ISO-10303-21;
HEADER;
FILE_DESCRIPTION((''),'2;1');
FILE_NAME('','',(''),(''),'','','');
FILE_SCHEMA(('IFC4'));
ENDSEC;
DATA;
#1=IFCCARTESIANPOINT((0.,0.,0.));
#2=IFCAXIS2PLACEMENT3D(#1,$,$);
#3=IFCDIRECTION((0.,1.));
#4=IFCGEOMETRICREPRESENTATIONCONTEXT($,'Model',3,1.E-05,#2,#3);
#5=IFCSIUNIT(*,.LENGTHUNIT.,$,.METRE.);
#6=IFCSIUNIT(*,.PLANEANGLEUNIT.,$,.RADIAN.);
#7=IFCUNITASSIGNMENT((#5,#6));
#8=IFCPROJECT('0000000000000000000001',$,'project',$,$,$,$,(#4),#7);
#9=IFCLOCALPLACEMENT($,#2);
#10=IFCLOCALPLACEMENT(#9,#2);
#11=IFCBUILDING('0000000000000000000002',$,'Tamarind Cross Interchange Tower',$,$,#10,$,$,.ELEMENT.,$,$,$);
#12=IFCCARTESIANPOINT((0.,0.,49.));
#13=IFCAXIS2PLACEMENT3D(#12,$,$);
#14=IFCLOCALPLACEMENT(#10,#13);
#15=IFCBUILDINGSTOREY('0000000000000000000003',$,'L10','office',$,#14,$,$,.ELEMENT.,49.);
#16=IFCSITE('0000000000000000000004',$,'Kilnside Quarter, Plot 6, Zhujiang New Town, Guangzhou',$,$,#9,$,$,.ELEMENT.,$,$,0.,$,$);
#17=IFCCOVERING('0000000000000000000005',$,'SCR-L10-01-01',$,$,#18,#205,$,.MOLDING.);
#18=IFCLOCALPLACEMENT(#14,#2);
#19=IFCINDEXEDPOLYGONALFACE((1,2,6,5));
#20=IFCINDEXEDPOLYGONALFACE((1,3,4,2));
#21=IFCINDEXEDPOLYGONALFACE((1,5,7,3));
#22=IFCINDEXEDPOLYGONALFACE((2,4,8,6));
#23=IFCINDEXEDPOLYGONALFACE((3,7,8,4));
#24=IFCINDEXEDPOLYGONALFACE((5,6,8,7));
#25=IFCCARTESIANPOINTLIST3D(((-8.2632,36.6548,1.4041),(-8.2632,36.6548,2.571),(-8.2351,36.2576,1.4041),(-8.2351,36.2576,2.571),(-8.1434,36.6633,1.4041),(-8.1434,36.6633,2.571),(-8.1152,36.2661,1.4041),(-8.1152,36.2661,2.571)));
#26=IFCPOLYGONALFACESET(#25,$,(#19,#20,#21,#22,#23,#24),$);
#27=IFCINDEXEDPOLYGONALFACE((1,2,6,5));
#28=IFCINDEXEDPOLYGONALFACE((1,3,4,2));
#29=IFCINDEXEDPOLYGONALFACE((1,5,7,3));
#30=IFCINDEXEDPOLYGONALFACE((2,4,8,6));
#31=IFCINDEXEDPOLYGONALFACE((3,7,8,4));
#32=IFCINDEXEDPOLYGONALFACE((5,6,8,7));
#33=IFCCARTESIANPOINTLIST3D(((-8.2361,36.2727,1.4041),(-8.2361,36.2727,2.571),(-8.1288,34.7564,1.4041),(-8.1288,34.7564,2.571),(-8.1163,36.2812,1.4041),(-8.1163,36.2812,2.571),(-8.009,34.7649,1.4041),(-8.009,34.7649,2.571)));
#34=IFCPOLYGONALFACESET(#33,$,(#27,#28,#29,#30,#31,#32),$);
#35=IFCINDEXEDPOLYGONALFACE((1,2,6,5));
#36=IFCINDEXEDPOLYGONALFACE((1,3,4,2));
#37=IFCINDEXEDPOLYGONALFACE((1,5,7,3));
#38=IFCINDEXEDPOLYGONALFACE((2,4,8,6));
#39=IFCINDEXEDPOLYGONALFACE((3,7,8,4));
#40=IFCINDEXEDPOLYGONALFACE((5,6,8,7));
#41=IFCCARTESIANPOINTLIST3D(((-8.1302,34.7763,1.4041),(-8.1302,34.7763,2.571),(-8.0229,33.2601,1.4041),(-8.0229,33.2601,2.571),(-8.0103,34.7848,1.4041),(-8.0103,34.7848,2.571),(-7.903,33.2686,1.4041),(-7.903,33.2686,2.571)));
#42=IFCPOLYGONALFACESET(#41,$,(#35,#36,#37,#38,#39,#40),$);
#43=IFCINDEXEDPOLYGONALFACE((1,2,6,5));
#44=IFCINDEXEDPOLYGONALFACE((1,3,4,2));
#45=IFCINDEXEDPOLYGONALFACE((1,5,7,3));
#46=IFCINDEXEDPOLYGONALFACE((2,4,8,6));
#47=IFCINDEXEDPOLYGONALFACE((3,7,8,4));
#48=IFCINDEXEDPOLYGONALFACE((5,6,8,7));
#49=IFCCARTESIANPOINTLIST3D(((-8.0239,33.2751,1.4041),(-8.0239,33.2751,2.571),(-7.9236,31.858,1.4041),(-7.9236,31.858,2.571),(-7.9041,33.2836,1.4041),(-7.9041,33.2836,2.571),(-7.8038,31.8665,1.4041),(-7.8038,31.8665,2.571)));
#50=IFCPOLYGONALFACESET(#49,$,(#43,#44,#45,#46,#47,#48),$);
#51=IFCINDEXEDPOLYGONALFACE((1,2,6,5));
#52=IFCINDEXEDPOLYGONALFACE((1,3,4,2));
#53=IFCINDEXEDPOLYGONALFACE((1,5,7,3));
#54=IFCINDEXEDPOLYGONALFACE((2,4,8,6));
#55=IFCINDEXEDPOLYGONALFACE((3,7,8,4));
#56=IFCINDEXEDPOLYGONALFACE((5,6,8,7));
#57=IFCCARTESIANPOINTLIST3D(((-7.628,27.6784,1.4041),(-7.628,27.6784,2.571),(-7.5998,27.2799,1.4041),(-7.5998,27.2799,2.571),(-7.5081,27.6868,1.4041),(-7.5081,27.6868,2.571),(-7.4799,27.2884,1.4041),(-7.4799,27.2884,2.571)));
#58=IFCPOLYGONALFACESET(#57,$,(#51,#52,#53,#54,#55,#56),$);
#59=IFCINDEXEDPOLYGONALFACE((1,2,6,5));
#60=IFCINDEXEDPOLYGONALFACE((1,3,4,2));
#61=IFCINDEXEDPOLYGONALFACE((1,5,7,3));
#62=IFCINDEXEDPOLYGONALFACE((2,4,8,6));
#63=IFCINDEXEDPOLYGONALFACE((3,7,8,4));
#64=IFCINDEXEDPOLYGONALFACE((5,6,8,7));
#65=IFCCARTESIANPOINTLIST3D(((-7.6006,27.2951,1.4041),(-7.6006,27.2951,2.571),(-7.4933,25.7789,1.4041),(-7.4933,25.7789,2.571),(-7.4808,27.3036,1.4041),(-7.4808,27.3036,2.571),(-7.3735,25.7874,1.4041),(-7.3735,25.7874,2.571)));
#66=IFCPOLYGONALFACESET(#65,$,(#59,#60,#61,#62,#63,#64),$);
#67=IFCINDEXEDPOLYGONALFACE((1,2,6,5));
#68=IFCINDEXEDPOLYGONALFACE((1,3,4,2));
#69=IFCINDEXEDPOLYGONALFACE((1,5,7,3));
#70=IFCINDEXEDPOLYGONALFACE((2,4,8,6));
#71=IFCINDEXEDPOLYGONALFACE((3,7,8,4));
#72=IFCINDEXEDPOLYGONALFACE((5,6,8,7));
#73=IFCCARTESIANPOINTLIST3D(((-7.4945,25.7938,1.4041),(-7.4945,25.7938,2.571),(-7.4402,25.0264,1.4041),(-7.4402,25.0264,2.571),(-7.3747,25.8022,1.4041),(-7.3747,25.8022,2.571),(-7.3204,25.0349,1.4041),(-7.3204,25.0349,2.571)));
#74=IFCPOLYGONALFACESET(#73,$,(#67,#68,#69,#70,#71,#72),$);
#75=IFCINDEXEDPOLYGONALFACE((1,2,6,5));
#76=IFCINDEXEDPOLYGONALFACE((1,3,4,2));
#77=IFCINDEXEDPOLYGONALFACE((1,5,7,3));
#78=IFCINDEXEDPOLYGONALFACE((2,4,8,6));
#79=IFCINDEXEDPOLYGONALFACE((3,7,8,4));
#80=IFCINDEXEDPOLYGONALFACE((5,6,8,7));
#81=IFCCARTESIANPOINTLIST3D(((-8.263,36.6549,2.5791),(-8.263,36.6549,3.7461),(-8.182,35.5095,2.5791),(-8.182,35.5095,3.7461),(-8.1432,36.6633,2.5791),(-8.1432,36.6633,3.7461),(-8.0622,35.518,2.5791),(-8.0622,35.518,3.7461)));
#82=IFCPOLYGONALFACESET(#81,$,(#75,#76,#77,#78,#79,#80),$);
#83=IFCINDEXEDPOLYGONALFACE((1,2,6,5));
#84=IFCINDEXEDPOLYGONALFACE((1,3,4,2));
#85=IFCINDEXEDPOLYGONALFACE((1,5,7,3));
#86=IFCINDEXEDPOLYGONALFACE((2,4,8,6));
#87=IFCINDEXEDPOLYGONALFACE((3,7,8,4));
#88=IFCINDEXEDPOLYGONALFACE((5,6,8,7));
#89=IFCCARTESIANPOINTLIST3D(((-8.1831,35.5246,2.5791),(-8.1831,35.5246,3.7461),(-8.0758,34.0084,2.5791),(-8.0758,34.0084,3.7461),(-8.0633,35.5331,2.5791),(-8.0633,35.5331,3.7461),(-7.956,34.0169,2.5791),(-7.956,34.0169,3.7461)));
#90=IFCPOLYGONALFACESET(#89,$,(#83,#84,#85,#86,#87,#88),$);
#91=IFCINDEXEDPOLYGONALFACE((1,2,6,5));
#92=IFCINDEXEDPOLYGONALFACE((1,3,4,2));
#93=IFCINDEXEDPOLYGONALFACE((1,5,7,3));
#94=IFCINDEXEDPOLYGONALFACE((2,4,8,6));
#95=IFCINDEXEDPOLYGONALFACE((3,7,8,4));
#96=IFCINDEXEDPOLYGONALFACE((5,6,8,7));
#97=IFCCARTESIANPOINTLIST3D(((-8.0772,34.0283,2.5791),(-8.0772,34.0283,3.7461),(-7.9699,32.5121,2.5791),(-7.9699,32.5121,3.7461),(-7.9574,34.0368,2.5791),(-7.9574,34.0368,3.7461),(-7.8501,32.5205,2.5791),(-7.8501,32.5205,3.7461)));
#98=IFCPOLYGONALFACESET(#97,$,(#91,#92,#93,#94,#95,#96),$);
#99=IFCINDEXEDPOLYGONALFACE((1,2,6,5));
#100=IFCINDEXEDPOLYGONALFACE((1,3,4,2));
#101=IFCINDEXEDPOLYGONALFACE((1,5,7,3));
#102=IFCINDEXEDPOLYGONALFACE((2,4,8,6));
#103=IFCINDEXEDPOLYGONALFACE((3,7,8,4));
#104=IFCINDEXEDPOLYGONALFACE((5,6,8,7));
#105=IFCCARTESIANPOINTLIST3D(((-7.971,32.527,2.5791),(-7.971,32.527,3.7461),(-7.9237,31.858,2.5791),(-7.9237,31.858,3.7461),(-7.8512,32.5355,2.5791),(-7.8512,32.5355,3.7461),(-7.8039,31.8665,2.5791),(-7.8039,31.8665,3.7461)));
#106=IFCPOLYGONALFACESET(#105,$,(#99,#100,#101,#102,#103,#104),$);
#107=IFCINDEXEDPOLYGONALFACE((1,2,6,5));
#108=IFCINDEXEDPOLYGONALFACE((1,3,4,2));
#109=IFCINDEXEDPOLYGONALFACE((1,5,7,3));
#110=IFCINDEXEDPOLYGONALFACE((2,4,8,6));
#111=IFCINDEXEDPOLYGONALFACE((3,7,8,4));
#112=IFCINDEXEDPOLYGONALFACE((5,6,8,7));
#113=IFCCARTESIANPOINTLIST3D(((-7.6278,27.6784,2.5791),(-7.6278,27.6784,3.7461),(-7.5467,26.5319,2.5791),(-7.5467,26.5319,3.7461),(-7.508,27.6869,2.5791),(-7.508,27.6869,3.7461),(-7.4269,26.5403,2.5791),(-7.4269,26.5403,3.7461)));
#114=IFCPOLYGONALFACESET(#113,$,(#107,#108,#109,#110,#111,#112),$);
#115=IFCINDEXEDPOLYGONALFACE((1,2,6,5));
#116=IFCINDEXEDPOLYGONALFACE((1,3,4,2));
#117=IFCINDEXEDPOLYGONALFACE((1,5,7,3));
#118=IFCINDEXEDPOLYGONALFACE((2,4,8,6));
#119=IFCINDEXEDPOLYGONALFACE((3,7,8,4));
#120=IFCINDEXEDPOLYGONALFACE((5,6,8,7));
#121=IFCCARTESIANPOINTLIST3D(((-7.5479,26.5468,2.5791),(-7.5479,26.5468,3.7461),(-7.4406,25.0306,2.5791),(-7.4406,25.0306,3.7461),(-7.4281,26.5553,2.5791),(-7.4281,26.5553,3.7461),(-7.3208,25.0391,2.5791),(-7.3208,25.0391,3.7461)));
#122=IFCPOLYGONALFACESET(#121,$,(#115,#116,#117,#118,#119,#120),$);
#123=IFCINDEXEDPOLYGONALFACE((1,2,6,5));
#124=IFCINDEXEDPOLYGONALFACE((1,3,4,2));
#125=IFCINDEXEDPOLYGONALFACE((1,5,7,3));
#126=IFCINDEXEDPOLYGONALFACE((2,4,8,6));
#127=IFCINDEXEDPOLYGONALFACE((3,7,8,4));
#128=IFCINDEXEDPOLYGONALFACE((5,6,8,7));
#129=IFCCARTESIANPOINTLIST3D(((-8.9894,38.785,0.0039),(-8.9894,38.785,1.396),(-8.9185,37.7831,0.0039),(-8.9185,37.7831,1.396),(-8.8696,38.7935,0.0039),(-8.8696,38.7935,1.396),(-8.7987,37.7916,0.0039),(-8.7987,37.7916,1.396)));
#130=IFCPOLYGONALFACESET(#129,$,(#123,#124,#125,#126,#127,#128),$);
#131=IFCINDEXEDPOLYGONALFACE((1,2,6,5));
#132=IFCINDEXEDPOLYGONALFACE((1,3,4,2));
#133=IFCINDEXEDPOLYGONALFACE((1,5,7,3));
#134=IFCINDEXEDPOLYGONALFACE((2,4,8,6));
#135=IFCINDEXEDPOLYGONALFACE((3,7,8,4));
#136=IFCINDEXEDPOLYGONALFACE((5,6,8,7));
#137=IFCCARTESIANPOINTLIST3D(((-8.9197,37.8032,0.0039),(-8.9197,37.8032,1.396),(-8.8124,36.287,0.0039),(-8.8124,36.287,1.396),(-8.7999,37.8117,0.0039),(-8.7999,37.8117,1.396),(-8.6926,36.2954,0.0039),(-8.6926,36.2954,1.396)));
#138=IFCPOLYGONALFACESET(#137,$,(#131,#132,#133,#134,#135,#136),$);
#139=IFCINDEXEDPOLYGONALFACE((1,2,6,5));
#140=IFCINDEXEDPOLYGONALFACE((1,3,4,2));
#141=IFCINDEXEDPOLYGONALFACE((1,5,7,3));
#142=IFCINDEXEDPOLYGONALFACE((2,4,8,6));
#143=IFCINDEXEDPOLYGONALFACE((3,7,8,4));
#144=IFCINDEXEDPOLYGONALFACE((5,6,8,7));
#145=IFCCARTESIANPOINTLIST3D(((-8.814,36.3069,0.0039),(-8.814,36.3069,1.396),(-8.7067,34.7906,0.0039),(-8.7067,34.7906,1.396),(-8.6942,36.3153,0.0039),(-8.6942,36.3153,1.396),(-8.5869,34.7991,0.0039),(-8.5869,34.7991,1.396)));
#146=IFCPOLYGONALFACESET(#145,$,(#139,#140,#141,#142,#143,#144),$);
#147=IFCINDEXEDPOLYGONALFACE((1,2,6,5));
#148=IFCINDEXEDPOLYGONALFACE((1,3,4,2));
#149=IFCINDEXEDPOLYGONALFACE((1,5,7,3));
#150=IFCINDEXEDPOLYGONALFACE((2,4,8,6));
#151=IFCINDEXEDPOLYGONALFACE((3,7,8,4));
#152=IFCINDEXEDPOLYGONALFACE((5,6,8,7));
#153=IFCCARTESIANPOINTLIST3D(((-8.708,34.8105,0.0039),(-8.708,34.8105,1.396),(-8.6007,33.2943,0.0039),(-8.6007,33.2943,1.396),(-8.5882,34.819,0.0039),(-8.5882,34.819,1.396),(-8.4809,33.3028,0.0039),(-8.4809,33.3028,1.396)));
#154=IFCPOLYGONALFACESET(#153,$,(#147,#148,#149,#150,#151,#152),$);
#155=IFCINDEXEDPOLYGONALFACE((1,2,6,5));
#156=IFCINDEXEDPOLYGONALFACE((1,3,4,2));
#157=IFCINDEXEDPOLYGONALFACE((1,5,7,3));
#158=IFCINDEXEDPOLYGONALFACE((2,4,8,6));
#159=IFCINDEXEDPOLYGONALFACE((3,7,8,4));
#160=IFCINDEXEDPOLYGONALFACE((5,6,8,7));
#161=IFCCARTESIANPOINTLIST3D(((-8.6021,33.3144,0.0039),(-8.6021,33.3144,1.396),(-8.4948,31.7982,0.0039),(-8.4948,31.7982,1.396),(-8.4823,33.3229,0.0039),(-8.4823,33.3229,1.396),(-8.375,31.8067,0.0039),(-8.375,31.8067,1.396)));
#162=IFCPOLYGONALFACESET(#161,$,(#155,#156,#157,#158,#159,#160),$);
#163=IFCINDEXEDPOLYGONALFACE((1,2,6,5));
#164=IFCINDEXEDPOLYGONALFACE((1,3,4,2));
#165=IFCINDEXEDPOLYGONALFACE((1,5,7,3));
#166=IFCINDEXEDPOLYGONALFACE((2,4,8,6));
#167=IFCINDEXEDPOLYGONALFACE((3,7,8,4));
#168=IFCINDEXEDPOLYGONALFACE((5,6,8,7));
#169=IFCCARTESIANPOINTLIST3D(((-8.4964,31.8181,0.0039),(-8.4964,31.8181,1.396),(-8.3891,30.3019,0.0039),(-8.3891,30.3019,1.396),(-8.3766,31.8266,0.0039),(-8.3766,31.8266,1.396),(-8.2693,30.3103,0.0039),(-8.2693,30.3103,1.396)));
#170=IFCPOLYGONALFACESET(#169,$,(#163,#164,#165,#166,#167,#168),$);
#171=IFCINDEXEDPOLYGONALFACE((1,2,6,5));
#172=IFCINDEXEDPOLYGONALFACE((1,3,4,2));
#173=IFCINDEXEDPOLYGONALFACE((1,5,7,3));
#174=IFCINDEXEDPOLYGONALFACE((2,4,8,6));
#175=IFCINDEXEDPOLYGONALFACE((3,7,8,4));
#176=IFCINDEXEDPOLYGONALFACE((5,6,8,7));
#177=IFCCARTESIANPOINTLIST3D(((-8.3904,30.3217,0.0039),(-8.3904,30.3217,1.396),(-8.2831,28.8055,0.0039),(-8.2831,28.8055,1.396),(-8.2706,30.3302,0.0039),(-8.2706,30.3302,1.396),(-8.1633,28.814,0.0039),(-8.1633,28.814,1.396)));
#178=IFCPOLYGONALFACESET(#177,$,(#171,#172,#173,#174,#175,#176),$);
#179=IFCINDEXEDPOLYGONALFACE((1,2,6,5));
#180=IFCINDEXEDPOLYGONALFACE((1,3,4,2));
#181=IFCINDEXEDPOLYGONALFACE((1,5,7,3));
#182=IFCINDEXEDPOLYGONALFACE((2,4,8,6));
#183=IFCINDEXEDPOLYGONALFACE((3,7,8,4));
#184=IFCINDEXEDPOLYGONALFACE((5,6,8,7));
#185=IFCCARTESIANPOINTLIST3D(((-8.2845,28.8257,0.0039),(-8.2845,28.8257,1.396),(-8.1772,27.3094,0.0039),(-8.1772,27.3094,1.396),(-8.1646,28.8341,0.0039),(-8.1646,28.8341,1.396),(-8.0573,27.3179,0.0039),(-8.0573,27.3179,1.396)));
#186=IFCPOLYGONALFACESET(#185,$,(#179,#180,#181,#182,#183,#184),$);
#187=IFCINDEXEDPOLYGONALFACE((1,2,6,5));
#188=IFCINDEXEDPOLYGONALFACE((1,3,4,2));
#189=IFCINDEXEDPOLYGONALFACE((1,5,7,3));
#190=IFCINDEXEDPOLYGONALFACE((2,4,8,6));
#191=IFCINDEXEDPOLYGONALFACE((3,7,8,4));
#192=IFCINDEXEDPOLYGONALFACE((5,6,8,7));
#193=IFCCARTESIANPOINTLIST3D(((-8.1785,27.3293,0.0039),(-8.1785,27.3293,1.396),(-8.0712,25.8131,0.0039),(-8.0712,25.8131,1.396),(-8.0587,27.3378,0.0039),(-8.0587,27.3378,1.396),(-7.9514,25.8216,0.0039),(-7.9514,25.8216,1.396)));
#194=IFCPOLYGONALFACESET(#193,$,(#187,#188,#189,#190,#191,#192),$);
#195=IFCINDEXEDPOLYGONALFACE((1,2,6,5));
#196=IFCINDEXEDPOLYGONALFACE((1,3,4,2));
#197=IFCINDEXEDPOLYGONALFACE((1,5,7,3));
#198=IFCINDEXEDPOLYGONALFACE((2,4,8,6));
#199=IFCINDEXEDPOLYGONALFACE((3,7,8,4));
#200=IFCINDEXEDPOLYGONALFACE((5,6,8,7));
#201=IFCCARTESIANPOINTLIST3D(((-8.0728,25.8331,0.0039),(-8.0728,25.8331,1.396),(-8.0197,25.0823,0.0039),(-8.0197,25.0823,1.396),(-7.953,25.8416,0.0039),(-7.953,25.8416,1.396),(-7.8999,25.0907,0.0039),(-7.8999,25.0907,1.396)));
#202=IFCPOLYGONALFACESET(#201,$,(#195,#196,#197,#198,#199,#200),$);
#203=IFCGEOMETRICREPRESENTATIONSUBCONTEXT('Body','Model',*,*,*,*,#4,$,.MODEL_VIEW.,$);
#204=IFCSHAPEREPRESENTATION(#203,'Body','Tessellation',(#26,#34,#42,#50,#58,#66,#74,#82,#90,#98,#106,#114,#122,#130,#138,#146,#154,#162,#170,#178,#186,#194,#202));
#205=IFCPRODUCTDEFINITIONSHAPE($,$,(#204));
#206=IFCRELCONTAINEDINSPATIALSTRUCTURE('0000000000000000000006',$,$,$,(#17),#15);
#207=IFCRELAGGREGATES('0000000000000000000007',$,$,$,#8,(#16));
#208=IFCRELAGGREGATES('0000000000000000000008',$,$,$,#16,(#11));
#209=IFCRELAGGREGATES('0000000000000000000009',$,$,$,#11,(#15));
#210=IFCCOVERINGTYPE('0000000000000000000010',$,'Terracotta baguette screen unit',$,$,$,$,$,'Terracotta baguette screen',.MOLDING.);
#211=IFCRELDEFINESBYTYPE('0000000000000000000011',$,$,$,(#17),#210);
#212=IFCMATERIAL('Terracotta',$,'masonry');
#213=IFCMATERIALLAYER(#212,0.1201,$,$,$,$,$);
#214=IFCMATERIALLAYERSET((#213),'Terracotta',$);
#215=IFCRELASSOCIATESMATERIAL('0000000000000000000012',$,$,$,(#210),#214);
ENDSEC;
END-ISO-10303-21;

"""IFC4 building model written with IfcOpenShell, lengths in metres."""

from ifc_helpers import new_model, si_unit, direction, frame, origin, origin_2d, place, context, subcontext, project, spatial, rectangle, extrude, material, layer, layer_set, type_object, element, save


model = new_model("IFC4")

# Units and contexts
model_context = context("Model", 3, precision=1e-05, world=origin(), true_north=direction((0.0, 1.0)))
body_context = subcontext(model_context, "Body", "Model", "MODEL_VIEW")
ifc_project = project(units=[si_unit("LENGTHUNIT", "METRE"), si_unit("PLANEANGLEUNIT", "RADIAN")], contexts=[model_context])

# Site, building, storey
site_placement = place(None, origin())
site = spatial("IfcSite", under=ifc_project, at=site_placement, Name="Kilnside Quarter, Plot 6, Zhujiang New Town, Guangzhou", CompositionType="ELEMENT", RefElevation=0.0)
building_placement = place(site_placement, origin())
building = spatial("IfcBuilding", under=site, at=building_placement, Name="Tamarind Cross Interchange Tower", CompositionType="ELEMENT")
storey_placement = place(building_placement, frame((0.0, 0.0, 49.0)))
storey = spatial("IfcBuildingStorey", under=building, at=storey_placement, Name="L10", Description="office", CompositionType="ELEMENT", Elevation=49.0)

# Covering
ifc_material_1 = material(Name="Terracotta", Category="masonry")
ifc_layer_1 = layer(ifc_material_1, 0.1201)
ifc_layer_set_1 = layer_set([ifc_layer_1], Name="Terracotta")
covering_type = type_object("IfcCoveringType", Name="Terracotta baguette screen unit", ElementType="Terracotta baguette screen", PredefinedType="MOLDING", material=ifc_layer_set_1)
covering_1_placement = place(storey_placement, origin())
element("IfcCovering", 1, at=covering_1_placement, inside=storey, type_object=covering_type, Name="SCR-L10-01-01", PredefinedType="MOLDING", context=body_context, shape_type="SweptSolid", body=[
    extrude(rectangle(XDim=0.3982, YDim=0.1201, at=origin_2d()), frame((-8.1892, 36.4604, 1.4041), z_axis=(0.0, 0.0, 1.0), x_axis=(0.070594, -0.997505, 0.0)), (0.0, 0.0, 1.0), 1.167),
    extrude(rectangle(XDim=1.52, YDim=0.1201, at=origin_2d()), frame((-8.1226, 35.5188, 1.4041), z_axis=(0.0, 0.0, 1.0), x_axis=(0.070594, -0.997505, 0.0)), (0.0, 0.0, 1.0), 1.167),
    extrude(rectangle(XDim=1.52, YDim=0.1201, at=origin_2d()), frame((-8.0166, 34.0225, 1.4041), z_axis=(0.0, 0.0, 1.0), x_axis=(0.070594, -0.997505, 0.0)), (0.0, 0.0, 1.0), 1.167),
    extrude(rectangle(XDim=1.4207, YDim=0.1201, at=origin_2d()), frame((-7.9138, 32.5708, 1.4041), z_axis=(0.0, 0.0, 1.0), x_axis=(0.070594, -0.997505, 0.0)), (0.0, 0.0, 1.0), 1.167),
    extrude(rectangle(XDim=0.3994, YDim=0.1201, at=origin_2d()), frame((-7.554, 27.4834, 1.4041), z_axis=(0.0, 0.0, 1.0), x_axis=(0.070594, -0.997505, 0.0)), (0.0, 0.0, 1.0), 1.167),
    extrude(rectangle(XDim=1.52, YDim=0.1201, at=origin_2d()), frame((-7.4871, 26.5413, 1.4041), z_axis=(0.0, 0.0, 1.0), x_axis=(0.070594, -0.997505, 0.0)), (0.0, 0.0, 1.0), 1.167),
    extrude(rectangle(XDim=0.7693, YDim=0.1201, at=origin_2d()), frame((-7.4075, 25.4143, 1.4041), z_axis=(0.0, 0.0, 1.0), x_axis=(0.070594, -0.997505, 0.0)), (0.0, 0.0, 1.0), 1.167),
    extrude(rectangle(XDim=1.1482, YDim=0.1201, at=origin_2d()), frame((-8.1626, 36.0864, 2.5791), z_axis=(0.0, 0.0, 1.0), x_axis=(0.070594, -0.997505, 0.0)), (0.0, 0.0, 1.0), 1.167),
    extrude(rectangle(XDim=1.52, YDim=0.1201, at=origin_2d()), frame((-8.0696, 34.7708, 2.5791), z_axis=(0.0, 0.0, 1.0), x_axis=(0.070594, -0.997505, 0.0)), (0.0, 0.0, 1.0), 1.167),
    extrude(rectangle(XDim=1.52, YDim=0.1201, at=origin_2d()), frame((-7.9636, 33.2744, 2.5791), z_axis=(0.0, 0.0, 1.0), x_axis=(0.070594, -0.997505, 0.0)), (0.0, 0.0, 1.0), 1.167),
    extrude(rectangle(XDim=0.6707, YDim=0.1201, at=origin_2d()), frame((-7.8875, 32.1968, 2.5791), z_axis=(0.0, 0.0, 1.0), x_axis=(0.070594, -0.997505, 0.0)), (0.0, 0.0, 1.0), 1.167),
    extrude(rectangle(XDim=1.1494, YDim=0.1201, at=origin_2d()), frame((-7.5273, 27.1094, 2.5791), z_axis=(0.0, 0.0, 1.0), x_axis=(0.070594, -0.997505, 0.0)), (0.0, 0.0, 1.0), 1.167),
    extrude(rectangle(XDim=1.52, YDim=0.1201, at=origin_2d()), frame((-7.4343, 25.793, 2.5791), z_axis=(0.0, 0.0, 1.0), x_axis=(0.070594, -0.997505, 0.0)), (0.0, 0.0, 1.0), 1.167),
    extrude(rectangle(XDim=1.0044, YDim=0.1201, at=origin_2d()), frame((-8.894, 38.2883, 0.0039), z_axis=(0.0, 0.0, 1.0), x_axis=(0.070594, -0.997505, 0.0)), (0.0, 0.0, 1.0), 1.3921),
    extrude(rectangle(XDim=1.52, YDim=0.1201, at=origin_2d()), frame((-8.8062, 37.0493, 0.0039), z_axis=(0.0, 0.0, 1.0), x_axis=(0.070594, -0.997505, 0.0)), (0.0, 0.0, 1.0), 1.3921),
    extrude(rectangle(XDim=1.52, YDim=0.1201, at=origin_2d()), frame((-8.7004, 35.553, 0.0039), z_axis=(0.0, 0.0, 1.0), x_axis=(0.070594, -0.997505, 0.0)), (0.0, 0.0, 1.0), 1.3921),
    extrude(rectangle(XDim=1.52, YDim=0.1201, at=origin_2d()), frame((-8.5945, 34.0566, 0.0039), z_axis=(0.0, 0.0, 1.0), x_axis=(0.070594, -0.997505, 0.0)), (0.0, 0.0, 1.0), 1.3921),
    extrude(rectangle(XDim=1.52, YDim=0.1201, at=origin_2d()), frame((-8.4885, 32.5605, 0.0039), z_axis=(0.0, 0.0, 1.0), x_axis=(0.070594, -0.997505, 0.0)), (0.0, 0.0, 1.0), 1.3921),
    extrude(rectangle(XDim=1.52, YDim=0.1201, at=origin_2d()), frame((-8.3828, 31.0642, 0.0039), z_axis=(0.0, 0.0, 1.0), x_axis=(0.070594, -0.997505, 0.0)), (0.0, 0.0, 1.0), 1.3921),
    extrude(rectangle(XDim=1.52, YDim=0.1201, at=origin_2d()), frame((-8.2769, 29.5679, 0.0039), z_axis=(0.0, 0.0, 1.0), x_axis=(0.070594, -0.997505, 0.0)), (0.0, 0.0, 1.0), 1.3921),
    extrude(rectangle(XDim=1.52, YDim=0.1201, at=origin_2d()), frame((-8.1709, 28.0718, 0.0039), z_axis=(0.0, 0.0, 1.0), x_axis=(0.070594, -0.997505, 0.0)), (0.0, 0.0, 1.0), 1.3921),
    extrude(rectangle(XDim=1.52, YDim=0.1201, at=origin_2d()), frame((-8.0649, 26.5754, 0.0039), z_axis=(0.0, 0.0, 1.0), x_axis=(0.070594, -0.997505, 0.0)), (0.0, 0.0, 1.0), 1.3921),
    extrude(rectangle(XDim=0.7527, YDim=0.1201, at=origin_2d()), frame((-7.9863, 25.4619, 0.0039), z_axis=(0.0, 0.0, 1.0), x_axis=(0.070594, -0.997505, 0.0)), (0.0, 0.0, 1.0), 1.3921),
])

save(model, "model.ifc")
